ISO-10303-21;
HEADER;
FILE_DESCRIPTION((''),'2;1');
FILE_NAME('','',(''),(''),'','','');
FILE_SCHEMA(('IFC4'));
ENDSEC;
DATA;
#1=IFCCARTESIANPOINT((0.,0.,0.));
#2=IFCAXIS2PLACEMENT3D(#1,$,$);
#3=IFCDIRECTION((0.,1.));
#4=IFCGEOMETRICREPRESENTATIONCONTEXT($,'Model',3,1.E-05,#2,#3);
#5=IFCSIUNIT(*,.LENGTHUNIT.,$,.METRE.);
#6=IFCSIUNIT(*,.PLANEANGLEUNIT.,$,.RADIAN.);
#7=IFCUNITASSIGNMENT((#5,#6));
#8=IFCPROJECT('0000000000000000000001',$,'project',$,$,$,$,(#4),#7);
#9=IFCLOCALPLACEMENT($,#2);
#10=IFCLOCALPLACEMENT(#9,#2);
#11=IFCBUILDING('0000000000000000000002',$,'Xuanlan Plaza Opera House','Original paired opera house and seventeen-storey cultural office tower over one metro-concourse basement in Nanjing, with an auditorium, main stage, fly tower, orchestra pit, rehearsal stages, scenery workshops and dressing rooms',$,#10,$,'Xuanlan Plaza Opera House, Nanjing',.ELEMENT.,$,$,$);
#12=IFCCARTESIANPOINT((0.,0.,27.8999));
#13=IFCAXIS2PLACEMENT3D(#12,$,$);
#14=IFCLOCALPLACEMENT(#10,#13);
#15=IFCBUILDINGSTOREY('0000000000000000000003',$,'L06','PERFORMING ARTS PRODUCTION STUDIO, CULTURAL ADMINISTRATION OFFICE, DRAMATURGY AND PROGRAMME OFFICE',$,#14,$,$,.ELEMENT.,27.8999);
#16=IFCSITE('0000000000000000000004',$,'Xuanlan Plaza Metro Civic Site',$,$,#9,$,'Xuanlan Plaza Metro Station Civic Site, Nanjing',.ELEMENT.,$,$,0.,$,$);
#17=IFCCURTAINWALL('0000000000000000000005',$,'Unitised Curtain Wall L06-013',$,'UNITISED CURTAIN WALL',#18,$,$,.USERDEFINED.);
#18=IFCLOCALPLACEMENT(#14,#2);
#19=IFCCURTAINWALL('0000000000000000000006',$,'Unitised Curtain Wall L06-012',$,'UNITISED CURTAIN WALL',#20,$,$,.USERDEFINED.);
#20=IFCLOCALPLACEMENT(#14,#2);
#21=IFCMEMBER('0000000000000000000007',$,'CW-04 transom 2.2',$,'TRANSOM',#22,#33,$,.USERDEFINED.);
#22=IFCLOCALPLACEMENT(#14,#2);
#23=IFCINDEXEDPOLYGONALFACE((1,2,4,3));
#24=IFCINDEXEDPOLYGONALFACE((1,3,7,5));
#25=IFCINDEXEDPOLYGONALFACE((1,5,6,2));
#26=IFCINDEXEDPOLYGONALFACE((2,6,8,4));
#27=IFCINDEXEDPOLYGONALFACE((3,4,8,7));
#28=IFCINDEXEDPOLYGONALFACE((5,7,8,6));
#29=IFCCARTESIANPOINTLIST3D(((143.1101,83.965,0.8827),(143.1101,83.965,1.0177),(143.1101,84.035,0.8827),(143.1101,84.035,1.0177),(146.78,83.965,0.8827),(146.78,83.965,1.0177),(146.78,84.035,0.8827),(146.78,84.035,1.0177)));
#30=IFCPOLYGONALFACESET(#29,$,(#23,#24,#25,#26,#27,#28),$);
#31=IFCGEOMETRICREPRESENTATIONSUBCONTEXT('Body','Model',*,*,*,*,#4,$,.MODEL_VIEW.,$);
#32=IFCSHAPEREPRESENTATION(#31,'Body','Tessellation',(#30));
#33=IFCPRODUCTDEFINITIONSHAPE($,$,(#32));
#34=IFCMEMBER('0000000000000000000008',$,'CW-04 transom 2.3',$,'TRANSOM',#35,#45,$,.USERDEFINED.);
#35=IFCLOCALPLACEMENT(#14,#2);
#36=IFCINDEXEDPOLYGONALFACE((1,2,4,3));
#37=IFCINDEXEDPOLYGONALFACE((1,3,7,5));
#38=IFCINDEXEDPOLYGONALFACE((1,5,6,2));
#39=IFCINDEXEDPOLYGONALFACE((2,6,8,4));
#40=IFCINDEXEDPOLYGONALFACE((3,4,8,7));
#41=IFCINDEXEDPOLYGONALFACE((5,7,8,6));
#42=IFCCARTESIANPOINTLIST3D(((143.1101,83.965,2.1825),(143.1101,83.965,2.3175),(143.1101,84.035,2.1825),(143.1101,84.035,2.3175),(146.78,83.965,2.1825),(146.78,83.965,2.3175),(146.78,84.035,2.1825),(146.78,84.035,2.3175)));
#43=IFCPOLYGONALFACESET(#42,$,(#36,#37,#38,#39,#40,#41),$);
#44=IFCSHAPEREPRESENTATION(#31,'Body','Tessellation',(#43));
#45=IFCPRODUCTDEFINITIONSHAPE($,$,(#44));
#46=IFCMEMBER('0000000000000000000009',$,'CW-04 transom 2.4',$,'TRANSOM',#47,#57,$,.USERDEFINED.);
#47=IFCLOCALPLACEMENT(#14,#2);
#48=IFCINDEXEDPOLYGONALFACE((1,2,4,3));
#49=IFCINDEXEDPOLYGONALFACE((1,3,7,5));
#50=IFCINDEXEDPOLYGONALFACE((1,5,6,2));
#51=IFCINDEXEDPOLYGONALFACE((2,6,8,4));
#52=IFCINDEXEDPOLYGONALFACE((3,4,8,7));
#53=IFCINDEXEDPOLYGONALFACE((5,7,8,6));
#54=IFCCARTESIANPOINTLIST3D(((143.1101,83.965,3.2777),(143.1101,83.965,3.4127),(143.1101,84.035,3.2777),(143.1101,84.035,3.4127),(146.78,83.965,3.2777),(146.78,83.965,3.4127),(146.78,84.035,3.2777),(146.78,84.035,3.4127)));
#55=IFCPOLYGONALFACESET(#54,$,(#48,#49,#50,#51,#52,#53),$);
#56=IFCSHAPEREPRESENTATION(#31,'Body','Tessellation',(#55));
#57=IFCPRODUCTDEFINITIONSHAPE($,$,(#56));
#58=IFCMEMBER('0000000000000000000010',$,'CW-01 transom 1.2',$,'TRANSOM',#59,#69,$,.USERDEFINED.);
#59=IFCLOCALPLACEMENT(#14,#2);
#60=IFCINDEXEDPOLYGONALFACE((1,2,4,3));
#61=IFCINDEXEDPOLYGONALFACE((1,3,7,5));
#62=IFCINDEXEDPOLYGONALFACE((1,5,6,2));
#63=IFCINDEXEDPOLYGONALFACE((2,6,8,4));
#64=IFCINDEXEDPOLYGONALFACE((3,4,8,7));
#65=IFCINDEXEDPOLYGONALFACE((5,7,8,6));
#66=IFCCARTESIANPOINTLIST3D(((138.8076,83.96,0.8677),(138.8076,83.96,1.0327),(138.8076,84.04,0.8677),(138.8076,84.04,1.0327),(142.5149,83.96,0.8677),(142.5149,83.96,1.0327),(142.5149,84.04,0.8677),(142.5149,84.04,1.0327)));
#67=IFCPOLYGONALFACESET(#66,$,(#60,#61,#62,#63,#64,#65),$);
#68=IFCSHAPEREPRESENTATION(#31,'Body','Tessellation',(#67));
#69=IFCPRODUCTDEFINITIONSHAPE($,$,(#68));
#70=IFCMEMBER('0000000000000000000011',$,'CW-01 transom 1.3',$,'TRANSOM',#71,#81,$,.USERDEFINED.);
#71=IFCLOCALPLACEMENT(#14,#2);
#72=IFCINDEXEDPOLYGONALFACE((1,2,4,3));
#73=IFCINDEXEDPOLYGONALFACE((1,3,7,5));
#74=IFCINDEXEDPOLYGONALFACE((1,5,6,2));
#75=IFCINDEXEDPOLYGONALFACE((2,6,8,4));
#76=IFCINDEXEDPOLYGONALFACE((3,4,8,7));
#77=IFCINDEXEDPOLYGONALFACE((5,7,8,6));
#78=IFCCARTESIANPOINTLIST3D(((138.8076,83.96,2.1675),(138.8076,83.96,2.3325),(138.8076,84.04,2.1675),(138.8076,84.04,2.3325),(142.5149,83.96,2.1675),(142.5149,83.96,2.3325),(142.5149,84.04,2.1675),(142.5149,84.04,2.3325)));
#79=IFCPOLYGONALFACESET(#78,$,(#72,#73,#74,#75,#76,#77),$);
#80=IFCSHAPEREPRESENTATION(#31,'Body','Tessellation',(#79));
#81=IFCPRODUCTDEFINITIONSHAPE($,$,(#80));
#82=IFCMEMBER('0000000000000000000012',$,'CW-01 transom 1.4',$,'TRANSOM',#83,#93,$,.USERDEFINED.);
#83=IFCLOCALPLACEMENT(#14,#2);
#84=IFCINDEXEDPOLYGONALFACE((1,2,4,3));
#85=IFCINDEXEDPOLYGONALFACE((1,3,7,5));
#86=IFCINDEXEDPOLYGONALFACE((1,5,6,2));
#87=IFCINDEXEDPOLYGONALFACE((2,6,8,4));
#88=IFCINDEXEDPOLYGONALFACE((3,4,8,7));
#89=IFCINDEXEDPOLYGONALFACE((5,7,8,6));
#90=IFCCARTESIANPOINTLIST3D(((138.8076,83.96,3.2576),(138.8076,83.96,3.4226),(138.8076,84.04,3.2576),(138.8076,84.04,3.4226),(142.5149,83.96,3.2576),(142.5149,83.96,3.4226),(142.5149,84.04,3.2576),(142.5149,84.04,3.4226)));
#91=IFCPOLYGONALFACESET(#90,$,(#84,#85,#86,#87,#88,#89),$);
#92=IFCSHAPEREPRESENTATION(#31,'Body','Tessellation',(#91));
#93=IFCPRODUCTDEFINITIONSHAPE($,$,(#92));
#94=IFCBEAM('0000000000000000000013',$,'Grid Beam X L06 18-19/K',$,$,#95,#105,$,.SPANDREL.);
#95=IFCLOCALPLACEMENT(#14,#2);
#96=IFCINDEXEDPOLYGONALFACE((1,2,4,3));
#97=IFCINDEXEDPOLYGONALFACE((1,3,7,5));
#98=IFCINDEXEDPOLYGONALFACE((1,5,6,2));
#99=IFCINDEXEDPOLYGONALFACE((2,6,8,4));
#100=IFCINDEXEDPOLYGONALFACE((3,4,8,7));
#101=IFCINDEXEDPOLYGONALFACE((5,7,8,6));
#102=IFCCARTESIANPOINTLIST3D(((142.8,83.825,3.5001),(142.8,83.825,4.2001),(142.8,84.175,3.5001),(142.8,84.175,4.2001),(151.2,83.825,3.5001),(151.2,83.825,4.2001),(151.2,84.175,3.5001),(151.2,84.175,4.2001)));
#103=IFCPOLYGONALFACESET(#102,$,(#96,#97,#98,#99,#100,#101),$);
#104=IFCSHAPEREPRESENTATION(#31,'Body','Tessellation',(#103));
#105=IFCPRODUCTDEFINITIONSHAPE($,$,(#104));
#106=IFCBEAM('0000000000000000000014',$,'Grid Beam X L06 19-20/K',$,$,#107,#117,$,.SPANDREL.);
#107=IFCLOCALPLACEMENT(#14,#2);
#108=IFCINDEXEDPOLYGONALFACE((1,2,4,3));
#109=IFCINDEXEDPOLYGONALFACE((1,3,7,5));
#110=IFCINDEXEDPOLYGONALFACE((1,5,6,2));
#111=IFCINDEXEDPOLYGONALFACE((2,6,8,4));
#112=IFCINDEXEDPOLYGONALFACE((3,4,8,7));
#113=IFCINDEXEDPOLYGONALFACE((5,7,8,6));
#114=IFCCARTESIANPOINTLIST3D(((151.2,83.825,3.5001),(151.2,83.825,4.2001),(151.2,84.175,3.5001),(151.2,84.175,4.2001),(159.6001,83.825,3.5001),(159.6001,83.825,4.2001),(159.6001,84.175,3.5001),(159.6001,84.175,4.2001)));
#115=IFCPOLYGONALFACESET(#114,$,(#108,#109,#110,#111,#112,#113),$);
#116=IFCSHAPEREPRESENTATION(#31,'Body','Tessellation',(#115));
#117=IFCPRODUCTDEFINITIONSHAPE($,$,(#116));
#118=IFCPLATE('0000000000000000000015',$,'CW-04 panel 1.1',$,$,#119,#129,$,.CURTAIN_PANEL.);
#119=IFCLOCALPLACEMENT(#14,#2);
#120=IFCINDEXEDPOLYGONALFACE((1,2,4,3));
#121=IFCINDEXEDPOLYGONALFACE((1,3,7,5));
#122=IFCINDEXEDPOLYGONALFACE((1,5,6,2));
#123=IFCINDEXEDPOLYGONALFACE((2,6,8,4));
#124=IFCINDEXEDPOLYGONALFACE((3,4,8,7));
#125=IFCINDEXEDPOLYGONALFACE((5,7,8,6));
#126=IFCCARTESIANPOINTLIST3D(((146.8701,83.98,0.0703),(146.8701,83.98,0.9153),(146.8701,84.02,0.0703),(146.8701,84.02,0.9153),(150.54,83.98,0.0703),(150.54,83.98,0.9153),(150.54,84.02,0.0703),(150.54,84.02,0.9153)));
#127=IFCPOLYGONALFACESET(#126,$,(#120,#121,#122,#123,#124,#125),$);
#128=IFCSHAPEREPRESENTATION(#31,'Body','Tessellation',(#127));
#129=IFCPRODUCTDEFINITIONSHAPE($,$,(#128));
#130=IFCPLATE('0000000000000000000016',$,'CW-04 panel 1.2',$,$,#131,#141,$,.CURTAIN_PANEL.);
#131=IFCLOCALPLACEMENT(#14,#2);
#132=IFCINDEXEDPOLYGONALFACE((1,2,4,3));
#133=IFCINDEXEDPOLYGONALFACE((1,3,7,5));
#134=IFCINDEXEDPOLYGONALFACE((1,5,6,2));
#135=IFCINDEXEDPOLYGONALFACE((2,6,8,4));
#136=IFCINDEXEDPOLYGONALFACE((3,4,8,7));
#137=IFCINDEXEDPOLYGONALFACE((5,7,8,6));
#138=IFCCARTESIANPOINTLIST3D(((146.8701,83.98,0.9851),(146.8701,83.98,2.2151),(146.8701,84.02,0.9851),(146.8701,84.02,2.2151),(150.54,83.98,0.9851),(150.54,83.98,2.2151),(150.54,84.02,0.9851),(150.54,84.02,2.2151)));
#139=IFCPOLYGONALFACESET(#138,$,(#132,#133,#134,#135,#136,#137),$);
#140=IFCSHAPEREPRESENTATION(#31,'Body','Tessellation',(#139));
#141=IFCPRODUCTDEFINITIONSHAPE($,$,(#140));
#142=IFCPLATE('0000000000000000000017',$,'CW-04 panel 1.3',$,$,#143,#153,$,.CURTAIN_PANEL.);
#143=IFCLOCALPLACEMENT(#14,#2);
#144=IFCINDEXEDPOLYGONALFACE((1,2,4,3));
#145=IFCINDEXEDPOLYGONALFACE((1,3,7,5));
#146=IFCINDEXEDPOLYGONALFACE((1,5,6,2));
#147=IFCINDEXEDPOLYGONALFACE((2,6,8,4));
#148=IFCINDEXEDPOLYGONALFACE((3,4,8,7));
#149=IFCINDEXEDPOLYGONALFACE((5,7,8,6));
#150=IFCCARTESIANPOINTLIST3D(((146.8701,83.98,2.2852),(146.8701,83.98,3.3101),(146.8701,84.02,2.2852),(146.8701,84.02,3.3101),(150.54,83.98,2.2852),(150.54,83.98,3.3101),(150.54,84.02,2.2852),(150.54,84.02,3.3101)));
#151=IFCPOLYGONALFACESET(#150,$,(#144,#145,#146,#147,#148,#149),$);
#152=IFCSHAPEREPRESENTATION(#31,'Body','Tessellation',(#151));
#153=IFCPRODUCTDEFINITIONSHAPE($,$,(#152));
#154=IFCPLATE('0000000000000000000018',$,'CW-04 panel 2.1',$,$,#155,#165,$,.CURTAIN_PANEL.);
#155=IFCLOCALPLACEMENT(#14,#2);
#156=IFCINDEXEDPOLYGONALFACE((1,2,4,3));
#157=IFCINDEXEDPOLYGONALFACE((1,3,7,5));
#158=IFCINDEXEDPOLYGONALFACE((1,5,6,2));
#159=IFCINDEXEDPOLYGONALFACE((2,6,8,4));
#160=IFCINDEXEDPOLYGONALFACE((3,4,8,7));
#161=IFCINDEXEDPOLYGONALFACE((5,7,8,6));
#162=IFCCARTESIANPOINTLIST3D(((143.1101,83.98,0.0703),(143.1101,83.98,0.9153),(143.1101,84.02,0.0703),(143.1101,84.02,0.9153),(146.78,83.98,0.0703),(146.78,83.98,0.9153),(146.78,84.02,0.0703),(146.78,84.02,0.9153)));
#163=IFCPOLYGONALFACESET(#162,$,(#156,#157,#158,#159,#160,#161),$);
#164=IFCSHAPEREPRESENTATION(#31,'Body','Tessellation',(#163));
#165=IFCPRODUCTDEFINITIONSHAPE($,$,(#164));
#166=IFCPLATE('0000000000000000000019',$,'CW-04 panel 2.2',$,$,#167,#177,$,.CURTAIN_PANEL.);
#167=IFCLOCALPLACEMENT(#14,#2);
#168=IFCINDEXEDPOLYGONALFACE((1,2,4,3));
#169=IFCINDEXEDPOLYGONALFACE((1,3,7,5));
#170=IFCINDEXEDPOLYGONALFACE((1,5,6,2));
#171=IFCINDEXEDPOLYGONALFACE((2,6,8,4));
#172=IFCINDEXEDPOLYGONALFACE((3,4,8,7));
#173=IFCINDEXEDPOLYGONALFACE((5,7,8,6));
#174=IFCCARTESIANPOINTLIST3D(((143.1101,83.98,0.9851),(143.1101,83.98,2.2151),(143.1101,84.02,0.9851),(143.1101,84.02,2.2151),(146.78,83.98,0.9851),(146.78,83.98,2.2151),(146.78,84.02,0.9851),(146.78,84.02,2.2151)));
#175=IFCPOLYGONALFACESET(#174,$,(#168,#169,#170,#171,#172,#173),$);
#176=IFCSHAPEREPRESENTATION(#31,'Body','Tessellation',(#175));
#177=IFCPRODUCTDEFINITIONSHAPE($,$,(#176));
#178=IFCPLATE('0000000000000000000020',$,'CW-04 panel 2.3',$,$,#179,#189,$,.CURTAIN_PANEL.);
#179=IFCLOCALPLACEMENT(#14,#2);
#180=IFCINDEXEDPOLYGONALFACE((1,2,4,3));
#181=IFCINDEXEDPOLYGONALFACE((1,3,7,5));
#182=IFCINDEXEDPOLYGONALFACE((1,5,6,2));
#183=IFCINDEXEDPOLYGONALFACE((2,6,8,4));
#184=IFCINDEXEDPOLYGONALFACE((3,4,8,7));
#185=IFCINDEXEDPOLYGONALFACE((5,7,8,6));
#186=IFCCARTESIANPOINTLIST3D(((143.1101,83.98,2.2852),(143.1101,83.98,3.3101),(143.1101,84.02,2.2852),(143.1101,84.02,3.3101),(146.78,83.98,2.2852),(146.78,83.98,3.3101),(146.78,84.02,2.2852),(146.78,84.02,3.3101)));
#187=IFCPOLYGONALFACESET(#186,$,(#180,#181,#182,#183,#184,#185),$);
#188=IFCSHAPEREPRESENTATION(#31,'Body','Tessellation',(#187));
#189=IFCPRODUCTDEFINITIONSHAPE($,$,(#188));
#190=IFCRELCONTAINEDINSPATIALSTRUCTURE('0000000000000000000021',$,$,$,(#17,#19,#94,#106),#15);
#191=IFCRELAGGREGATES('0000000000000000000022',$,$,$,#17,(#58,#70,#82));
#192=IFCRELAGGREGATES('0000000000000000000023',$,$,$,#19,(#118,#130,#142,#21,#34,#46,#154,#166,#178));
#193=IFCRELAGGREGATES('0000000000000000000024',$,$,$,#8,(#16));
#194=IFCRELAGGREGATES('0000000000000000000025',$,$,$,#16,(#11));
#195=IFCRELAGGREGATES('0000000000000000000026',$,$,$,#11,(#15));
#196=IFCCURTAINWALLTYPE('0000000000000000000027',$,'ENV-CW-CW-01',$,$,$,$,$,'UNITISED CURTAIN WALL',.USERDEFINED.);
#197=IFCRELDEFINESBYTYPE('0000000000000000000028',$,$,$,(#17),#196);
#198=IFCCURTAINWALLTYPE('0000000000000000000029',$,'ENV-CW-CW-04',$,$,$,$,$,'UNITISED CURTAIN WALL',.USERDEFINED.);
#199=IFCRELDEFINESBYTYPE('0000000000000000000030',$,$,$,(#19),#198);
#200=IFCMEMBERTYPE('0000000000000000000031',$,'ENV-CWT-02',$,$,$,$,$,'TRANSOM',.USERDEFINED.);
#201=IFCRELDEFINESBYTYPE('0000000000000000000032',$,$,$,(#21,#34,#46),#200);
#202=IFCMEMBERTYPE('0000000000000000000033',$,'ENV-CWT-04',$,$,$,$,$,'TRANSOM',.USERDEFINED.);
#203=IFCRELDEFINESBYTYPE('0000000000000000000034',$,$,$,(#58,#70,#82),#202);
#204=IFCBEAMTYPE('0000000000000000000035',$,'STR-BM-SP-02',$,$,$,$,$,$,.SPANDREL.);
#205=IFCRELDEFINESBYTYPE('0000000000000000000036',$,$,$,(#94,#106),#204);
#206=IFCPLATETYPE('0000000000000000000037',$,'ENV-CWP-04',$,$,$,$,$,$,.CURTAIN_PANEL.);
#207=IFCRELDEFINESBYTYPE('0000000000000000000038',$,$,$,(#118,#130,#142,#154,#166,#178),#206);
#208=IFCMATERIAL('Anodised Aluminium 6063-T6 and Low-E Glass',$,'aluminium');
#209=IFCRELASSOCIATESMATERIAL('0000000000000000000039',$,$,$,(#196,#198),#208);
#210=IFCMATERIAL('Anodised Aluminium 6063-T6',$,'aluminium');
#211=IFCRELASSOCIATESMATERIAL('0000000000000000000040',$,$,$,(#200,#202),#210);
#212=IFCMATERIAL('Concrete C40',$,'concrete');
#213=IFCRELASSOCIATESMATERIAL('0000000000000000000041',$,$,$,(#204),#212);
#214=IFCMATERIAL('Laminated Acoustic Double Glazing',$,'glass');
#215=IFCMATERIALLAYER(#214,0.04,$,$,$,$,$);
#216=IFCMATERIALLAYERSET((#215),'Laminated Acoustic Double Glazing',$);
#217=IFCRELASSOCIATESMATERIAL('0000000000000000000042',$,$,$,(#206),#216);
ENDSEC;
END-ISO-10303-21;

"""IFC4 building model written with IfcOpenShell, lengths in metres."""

from ifc_helpers import new_model, si_unit, direction, frame, origin, origin_2d, place, context, subcontext, project, spatial, rectangle, extrude, material, layer, layer_set, material_profile, profile_set, type_object, element, aggregate, save


model = new_model("IFC4")

# Units and contexts
model_context = context("Model", 3, precision=1e-05, world=origin(), true_north=direction((0.0, 1.0)))
body_context = subcontext(model_context, "Body", "Model", "MODEL_VIEW")
ifc_project = project(units=[si_unit("LENGTHUNIT", "METRE"), si_unit("PLANEANGLEUNIT", "RADIAN")], contexts=[model_context])

# Site, building, storey
site_placement = place(None, origin())
site = spatial("IfcSite", under=ifc_project, at=site_placement, Name="Xuanlan Plaza Metro Civic Site", LongName="Xuanlan Plaza Metro Station Civic Site, Nanjing", CompositionType="ELEMENT", RefElevation=0.0)
building_placement = place(site_placement, origin())
building = spatial("IfcBuilding", under=site, at=building_placement, Name="Xuanlan Plaza Opera House", Description="Original paired opera house and seventeen-storey cultural office tower over one metro-concourse basement in Nanjing, with an auditorium, main stage, fly tower, orchestra pit, rehearsal stages, scenery workshops and dressing rooms", LongName="Xuanlan Plaza Opera House, Nanjing", CompositionType="ELEMENT")
storey_placement = place(building_placement, frame((0.0, 0.0, 27.8999)))
storey = spatial("IfcBuildingStorey", under=building, at=storey_placement, Name="L06", Description="PERFORMING ARTS PRODUCTION STUDIO, CULTURAL ADMINISTRATION OFFICE, DRAMATURGY AND PROGRAMME OFFICE", CompositionType="ELEMENT", Elevation=27.8999)

# Curtain wall
ifc_material_1 = material(Name="Anodised Aluminium 6063-T6 and Low-E Glass", Category="aluminium")
curtain_wall_type_1 = type_object("IfcCurtainWallType", Name="ENV-CW-CW-01", ElementType="UNITISED CURTAIN WALL", PredefinedType="USERDEFINED", material=ifc_material_1)
curtain_wall_1_placement = place(storey_placement, origin())
curtain_wall_1 = element("IfcCurtainWall", 1, at=curtain_wall_1_placement, inside=storey, type_object=curtain_wall_type_1, Name="Unitised Curtain Wall L06-013", ObjectType="UNITISED CURTAIN WALL", PredefinedType="USERDEFINED")
ifc_material_2 = material(Name="Anodised Aluminium 6063-T6", Category="aluminium")

# Curtain wall, members
curtain_wall_type_2 = type_object("IfcCurtainWallType", Name="ENV-CW-CW-04", ElementType="UNITISED CURTAIN WALL", PredefinedType="USERDEFINED", material=ifc_material_1)
curtain_wall_2_placement = place(storey_placement, origin())
curtain_wall_2 = element("IfcCurtainWall", 2, at=curtain_wall_2_placement, inside=storey, type_object=curtain_wall_type_2, Name="Unitised Curtain Wall L06-012", ObjectType="UNITISED CURTAIN WALL", PredefinedType="USERDEFINED")
ifc_material_profile_1 = material_profile(ifc_material_2, rectangle(XDim=0.0701, YDim=0.135, at=origin_2d()), Name="ALU-T 70x135")
ifc_profile_set_1 = profile_set([ifc_material_profile_1], Name="Anodised Aluminium 6063-T6")
member_type_1 = type_object("IfcMemberType", Name="ENV-CWT-02", ElementType="TRANSOM", PredefinedType="USERDEFINED", material=ifc_profile_set_1)
member_1_placement = place(storey_placement, frame((146.78, 84.0, 0.9502), z_axis=(-1.0, 0.0, 0.0), x_axis=(0.0, -1.0, 0.0)))
member_1 = element("IfcMember", 3, at=member_1_placement, type_object=member_type_1, Name="CW-04 transom 2.2", ObjectType="TRANSOM", PredefinedType="USERDEFINED", context=body_context, shape_type="SweptSolid", body=[
    extrude(rectangle(XDim=0.0701, YDim=0.135, at=origin_2d()), origin(), (0.0, 0.0, 1.0), 3.6699),
])
member_2_placement = place(storey_placement, frame((146.78, 84.0, 2.25), z_axis=(-1.0, 0.0, 0.0), x_axis=(0.0, -1.0, 0.0)))
member_2 = element("IfcMember", 4, at=member_2_placement, type_object=member_type_1, Name="CW-04 transom 2.3", ObjectType="TRANSOM", PredefinedType="USERDEFINED", context=body_context, shape_type="SweptSolid", body=[
    extrude(rectangle(XDim=0.0701, YDim=0.135, at=origin_2d()), origin(), (0.0, 0.0, 1.0), 3.6699),
])
member_3_placement = place(storey_placement, frame((146.78, 84.0, 3.3452), z_axis=(-1.0, 0.0, 0.0), x_axis=(0.0, -1.0, 0.0)))
member_3 = element("IfcMember", 5, at=member_3_placement, type_object=member_type_1, Name="CW-04 transom 2.4", ObjectType="TRANSOM", PredefinedType="USERDEFINED", context=body_context, shape_type="SweptSolid", body=[
    extrude(rectangle(XDim=0.0701, YDim=0.135, at=origin_2d()), origin(), (0.0, 0.0, 1.0), 3.6699),
])

# Members
ifc_material_profile_2 = material_profile(ifc_material_2, rectangle(XDim=0.0801, YDim=0.165, at=origin_2d()), Name="ALU-T 80x165")
ifc_profile_set_2 = profile_set([ifc_material_profile_2], Name="Anodised Aluminium 6063-T6")
member_type_2 = type_object("IfcMemberType", Name="ENV-CWT-04", ElementType="TRANSOM", PredefinedType="USERDEFINED", material=ifc_profile_set_2)
member_4_placement = place(storey_placement, frame((142.5149, 84.0, 0.9502), z_axis=(-1.0, 0.0, 0.0), x_axis=(0.0, -1.0, 0.0)))
member_4 = element("IfcMember", 6, at=member_4_placement, type_object=member_type_2, Name="CW-01 transom 1.2", ObjectType="TRANSOM", PredefinedType="USERDEFINED", context=body_context, shape_type="SweptSolid", body=[
    extrude(rectangle(XDim=0.0801, YDim=0.165, at=origin_2d()), origin(), (0.0, 0.0, 1.0), 3.7073),
])
member_5_placement = place(storey_placement, frame((142.5149, 84.0, 2.25), z_axis=(-1.0, 0.0, 0.0), x_axis=(0.0, -1.0, 0.0)))
member_5 = element("IfcMember", 7, at=member_5_placement, type_object=member_type_2, Name="CW-01 transom 1.3", ObjectType="TRANSOM", PredefinedType="USERDEFINED", context=body_context, shape_type="SweptSolid", body=[
    extrude(rectangle(XDim=0.0801, YDim=0.165, at=origin_2d()), origin(), (0.0, 0.0, 1.0), 3.7073),
])
member_6_placement = place(storey_placement, frame((142.5149, 84.0, 3.3401), z_axis=(-1.0, 0.0, 0.0), x_axis=(0.0, -1.0, 0.0)))
member_6 = element("IfcMember", 8, at=member_6_placement, type_object=member_type_2, Name="CW-01 transom 1.4", ObjectType="TRANSOM", PredefinedType="USERDEFINED", context=body_context, shape_type="SweptSolid", body=[
    extrude(rectangle(XDim=0.0801, YDim=0.165, at=origin_2d()), origin(), (0.0, 0.0, 1.0), 3.7073),
])
aggregate(curtain_wall_1, [member_4, member_5, member_6])

# Beams
ifc_material_3 = material(Name="Concrete C40", Category="concrete")
ifc_material_profile_3 = material_profile(ifc_material_3, rectangle(XDim=0.3501, YDim=0.7, at=origin_2d()), Name="RC-SPD 350x700")
ifc_profile_set_3 = profile_set([ifc_material_profile_3], Name="Concrete C40")
beam_type = type_object("IfcBeamType", Name="STR-BM-SP-02", PredefinedType="SPANDREL", material=ifc_profile_set_3)
beam_1_placement = place(storey_placement, frame((142.8, 84.0, 3.8501), z_axis=(1.0, 0.0, 0.0), x_axis=(0.0, 1.0, 0.0)))
element("IfcBeam", 9, at=beam_1_placement, inside=storey, type_object=beam_type, Name="Grid Beam X L06 18-19/K", PredefinedType="SPANDREL", context=body_context, shape_type="SweptSolid", body=[
    extrude(rectangle(XDim=0.3501, YDim=0.7, at=origin_2d()), origin(), (0.0, 0.0, 1.0), 8.3999),
])
beam_2_placement = place(storey_placement, frame((151.2, 84.0, 3.8501), z_axis=(1.0, 0.0, 0.0), x_axis=(0.0, 1.0, 0.0)))
element("IfcBeam", 10, at=beam_2_placement, inside=storey, type_object=beam_type, Name="Grid Beam X L06 19-20/K", PredefinedType="SPANDREL", context=body_context, shape_type="SweptSolid", body=[
    extrude(rectangle(XDim=0.3501, YDim=0.7, at=origin_2d()), origin(), (0.0, 0.0, 1.0), 8.4001),
])

# Plates
ifc_material_4 = material(Name="Laminated Acoustic Double Glazing", Category="glass")
ifc_layer = layer(ifc_material_4, 0.04)
ifc_layer_set = layer_set([ifc_layer], Name="Laminated Acoustic Double Glazing")
plate_type = type_object("IfcPlateType", Name="ENV-CWP-04", PredefinedType="CURTAIN_PANEL", material=ifc_layer_set)
plate_1_placement = place(storey_placement, frame((148.7051, 84.0, 0.0703), z_axis=(0.0, 0.0, 1.0), x_axis=(-1.0, 0.0, 0.0)))
plate_1 = element("IfcPlate", 11, at=plate_1_placement, type_object=plate_type, Name="CW-04 panel 1.1", PredefinedType="CURTAIN_PANEL", context=body_context, shape_type="SweptSolid", body=[
    extrude(rectangle(XDim=3.6699, YDim=0.04, at=origin_2d()), origin(), (0.0, 0.0, 1.0), 0.845),
])
plate_2_placement = place(storey_placement, frame((148.7051, 84.0, 0.9851), z_axis=(0.0, 0.0, 1.0), x_axis=(-1.0, 0.0, 0.0)))
plate_2 = element("IfcPlate", 12, at=plate_2_placement, type_object=plate_type, Name="CW-04 panel 1.2", PredefinedType="CURTAIN_PANEL", context=body_context, shape_type="SweptSolid", body=[
    extrude(rectangle(XDim=3.6699, YDim=0.04, at=origin_2d()), origin(), (0.0, 0.0, 1.0), 1.23),
])
plate_3_placement = place(storey_placement, frame((148.7051, 84.0, 2.2852), z_axis=(0.0, 0.0, 1.0), x_axis=(-1.0, 0.0, 0.0)))
plate_3 = element("IfcPlate", 13, at=plate_3_placement, type_object=plate_type, Name="CW-04 panel 1.3", PredefinedType="CURTAIN_PANEL", context=body_context, shape_type="SweptSolid", body=[
    extrude(rectangle(XDim=3.6699, YDim=0.04, at=origin_2d()), origin(), (0.0, 0.0, 1.0), 1.0249),
])
plate_4_placement = place(storey_placement, frame((144.9451, 84.0, 0.0703), z_axis=(0.0, 0.0, 1.0), x_axis=(-1.0, 0.0, 0.0)))
plate_4 = element("IfcPlate", 14, at=plate_4_placement, type_object=plate_type, Name="CW-04 panel 2.1", PredefinedType="CURTAIN_PANEL", context=body_context, shape_type="SweptSolid", body=[
    extrude(rectangle(XDim=3.6699, YDim=0.04, at=origin_2d()), origin(), (0.0, 0.0, 1.0), 0.845),
])
plate_5_placement = place(storey_placement, frame((144.9451, 84.0, 0.9851), z_axis=(0.0, 0.0, 1.0), x_axis=(-1.0, 0.0, 0.0)))
plate_5 = element("IfcPlate", 15, at=plate_5_placement, type_object=plate_type, Name="CW-04 panel 2.2", PredefinedType="CURTAIN_PANEL", context=body_context, shape_type="SweptSolid", body=[
    extrude(rectangle(XDim=3.6699, YDim=0.04, at=origin_2d()), origin(), (0.0, 0.0, 1.0), 1.23),
])
plate_6_placement = place(storey_placement, frame((144.9451, 84.0, 2.2852), z_axis=(0.0, 0.0, 1.0), x_axis=(-1.0, 0.0, 0.0)))
plate_6 = element("IfcPlate", 16, at=plate_6_placement, type_object=plate_type, Name="CW-04 panel 2.3", PredefinedType="CURTAIN_PANEL", context=body_context, shape_type="SweptSolid", body=[
    extrude(rectangle(XDim=3.6699, YDim=0.04, at=origin_2d()), origin(), (0.0, 0.0, 1.0), 1.0249),
])
aggregate(curtain_wall_2, [plate_1, plate_2, plate_3, member_1, member_2, member_3, plate_4, plate_5, plate_6])

save(model, "model.ifc")
